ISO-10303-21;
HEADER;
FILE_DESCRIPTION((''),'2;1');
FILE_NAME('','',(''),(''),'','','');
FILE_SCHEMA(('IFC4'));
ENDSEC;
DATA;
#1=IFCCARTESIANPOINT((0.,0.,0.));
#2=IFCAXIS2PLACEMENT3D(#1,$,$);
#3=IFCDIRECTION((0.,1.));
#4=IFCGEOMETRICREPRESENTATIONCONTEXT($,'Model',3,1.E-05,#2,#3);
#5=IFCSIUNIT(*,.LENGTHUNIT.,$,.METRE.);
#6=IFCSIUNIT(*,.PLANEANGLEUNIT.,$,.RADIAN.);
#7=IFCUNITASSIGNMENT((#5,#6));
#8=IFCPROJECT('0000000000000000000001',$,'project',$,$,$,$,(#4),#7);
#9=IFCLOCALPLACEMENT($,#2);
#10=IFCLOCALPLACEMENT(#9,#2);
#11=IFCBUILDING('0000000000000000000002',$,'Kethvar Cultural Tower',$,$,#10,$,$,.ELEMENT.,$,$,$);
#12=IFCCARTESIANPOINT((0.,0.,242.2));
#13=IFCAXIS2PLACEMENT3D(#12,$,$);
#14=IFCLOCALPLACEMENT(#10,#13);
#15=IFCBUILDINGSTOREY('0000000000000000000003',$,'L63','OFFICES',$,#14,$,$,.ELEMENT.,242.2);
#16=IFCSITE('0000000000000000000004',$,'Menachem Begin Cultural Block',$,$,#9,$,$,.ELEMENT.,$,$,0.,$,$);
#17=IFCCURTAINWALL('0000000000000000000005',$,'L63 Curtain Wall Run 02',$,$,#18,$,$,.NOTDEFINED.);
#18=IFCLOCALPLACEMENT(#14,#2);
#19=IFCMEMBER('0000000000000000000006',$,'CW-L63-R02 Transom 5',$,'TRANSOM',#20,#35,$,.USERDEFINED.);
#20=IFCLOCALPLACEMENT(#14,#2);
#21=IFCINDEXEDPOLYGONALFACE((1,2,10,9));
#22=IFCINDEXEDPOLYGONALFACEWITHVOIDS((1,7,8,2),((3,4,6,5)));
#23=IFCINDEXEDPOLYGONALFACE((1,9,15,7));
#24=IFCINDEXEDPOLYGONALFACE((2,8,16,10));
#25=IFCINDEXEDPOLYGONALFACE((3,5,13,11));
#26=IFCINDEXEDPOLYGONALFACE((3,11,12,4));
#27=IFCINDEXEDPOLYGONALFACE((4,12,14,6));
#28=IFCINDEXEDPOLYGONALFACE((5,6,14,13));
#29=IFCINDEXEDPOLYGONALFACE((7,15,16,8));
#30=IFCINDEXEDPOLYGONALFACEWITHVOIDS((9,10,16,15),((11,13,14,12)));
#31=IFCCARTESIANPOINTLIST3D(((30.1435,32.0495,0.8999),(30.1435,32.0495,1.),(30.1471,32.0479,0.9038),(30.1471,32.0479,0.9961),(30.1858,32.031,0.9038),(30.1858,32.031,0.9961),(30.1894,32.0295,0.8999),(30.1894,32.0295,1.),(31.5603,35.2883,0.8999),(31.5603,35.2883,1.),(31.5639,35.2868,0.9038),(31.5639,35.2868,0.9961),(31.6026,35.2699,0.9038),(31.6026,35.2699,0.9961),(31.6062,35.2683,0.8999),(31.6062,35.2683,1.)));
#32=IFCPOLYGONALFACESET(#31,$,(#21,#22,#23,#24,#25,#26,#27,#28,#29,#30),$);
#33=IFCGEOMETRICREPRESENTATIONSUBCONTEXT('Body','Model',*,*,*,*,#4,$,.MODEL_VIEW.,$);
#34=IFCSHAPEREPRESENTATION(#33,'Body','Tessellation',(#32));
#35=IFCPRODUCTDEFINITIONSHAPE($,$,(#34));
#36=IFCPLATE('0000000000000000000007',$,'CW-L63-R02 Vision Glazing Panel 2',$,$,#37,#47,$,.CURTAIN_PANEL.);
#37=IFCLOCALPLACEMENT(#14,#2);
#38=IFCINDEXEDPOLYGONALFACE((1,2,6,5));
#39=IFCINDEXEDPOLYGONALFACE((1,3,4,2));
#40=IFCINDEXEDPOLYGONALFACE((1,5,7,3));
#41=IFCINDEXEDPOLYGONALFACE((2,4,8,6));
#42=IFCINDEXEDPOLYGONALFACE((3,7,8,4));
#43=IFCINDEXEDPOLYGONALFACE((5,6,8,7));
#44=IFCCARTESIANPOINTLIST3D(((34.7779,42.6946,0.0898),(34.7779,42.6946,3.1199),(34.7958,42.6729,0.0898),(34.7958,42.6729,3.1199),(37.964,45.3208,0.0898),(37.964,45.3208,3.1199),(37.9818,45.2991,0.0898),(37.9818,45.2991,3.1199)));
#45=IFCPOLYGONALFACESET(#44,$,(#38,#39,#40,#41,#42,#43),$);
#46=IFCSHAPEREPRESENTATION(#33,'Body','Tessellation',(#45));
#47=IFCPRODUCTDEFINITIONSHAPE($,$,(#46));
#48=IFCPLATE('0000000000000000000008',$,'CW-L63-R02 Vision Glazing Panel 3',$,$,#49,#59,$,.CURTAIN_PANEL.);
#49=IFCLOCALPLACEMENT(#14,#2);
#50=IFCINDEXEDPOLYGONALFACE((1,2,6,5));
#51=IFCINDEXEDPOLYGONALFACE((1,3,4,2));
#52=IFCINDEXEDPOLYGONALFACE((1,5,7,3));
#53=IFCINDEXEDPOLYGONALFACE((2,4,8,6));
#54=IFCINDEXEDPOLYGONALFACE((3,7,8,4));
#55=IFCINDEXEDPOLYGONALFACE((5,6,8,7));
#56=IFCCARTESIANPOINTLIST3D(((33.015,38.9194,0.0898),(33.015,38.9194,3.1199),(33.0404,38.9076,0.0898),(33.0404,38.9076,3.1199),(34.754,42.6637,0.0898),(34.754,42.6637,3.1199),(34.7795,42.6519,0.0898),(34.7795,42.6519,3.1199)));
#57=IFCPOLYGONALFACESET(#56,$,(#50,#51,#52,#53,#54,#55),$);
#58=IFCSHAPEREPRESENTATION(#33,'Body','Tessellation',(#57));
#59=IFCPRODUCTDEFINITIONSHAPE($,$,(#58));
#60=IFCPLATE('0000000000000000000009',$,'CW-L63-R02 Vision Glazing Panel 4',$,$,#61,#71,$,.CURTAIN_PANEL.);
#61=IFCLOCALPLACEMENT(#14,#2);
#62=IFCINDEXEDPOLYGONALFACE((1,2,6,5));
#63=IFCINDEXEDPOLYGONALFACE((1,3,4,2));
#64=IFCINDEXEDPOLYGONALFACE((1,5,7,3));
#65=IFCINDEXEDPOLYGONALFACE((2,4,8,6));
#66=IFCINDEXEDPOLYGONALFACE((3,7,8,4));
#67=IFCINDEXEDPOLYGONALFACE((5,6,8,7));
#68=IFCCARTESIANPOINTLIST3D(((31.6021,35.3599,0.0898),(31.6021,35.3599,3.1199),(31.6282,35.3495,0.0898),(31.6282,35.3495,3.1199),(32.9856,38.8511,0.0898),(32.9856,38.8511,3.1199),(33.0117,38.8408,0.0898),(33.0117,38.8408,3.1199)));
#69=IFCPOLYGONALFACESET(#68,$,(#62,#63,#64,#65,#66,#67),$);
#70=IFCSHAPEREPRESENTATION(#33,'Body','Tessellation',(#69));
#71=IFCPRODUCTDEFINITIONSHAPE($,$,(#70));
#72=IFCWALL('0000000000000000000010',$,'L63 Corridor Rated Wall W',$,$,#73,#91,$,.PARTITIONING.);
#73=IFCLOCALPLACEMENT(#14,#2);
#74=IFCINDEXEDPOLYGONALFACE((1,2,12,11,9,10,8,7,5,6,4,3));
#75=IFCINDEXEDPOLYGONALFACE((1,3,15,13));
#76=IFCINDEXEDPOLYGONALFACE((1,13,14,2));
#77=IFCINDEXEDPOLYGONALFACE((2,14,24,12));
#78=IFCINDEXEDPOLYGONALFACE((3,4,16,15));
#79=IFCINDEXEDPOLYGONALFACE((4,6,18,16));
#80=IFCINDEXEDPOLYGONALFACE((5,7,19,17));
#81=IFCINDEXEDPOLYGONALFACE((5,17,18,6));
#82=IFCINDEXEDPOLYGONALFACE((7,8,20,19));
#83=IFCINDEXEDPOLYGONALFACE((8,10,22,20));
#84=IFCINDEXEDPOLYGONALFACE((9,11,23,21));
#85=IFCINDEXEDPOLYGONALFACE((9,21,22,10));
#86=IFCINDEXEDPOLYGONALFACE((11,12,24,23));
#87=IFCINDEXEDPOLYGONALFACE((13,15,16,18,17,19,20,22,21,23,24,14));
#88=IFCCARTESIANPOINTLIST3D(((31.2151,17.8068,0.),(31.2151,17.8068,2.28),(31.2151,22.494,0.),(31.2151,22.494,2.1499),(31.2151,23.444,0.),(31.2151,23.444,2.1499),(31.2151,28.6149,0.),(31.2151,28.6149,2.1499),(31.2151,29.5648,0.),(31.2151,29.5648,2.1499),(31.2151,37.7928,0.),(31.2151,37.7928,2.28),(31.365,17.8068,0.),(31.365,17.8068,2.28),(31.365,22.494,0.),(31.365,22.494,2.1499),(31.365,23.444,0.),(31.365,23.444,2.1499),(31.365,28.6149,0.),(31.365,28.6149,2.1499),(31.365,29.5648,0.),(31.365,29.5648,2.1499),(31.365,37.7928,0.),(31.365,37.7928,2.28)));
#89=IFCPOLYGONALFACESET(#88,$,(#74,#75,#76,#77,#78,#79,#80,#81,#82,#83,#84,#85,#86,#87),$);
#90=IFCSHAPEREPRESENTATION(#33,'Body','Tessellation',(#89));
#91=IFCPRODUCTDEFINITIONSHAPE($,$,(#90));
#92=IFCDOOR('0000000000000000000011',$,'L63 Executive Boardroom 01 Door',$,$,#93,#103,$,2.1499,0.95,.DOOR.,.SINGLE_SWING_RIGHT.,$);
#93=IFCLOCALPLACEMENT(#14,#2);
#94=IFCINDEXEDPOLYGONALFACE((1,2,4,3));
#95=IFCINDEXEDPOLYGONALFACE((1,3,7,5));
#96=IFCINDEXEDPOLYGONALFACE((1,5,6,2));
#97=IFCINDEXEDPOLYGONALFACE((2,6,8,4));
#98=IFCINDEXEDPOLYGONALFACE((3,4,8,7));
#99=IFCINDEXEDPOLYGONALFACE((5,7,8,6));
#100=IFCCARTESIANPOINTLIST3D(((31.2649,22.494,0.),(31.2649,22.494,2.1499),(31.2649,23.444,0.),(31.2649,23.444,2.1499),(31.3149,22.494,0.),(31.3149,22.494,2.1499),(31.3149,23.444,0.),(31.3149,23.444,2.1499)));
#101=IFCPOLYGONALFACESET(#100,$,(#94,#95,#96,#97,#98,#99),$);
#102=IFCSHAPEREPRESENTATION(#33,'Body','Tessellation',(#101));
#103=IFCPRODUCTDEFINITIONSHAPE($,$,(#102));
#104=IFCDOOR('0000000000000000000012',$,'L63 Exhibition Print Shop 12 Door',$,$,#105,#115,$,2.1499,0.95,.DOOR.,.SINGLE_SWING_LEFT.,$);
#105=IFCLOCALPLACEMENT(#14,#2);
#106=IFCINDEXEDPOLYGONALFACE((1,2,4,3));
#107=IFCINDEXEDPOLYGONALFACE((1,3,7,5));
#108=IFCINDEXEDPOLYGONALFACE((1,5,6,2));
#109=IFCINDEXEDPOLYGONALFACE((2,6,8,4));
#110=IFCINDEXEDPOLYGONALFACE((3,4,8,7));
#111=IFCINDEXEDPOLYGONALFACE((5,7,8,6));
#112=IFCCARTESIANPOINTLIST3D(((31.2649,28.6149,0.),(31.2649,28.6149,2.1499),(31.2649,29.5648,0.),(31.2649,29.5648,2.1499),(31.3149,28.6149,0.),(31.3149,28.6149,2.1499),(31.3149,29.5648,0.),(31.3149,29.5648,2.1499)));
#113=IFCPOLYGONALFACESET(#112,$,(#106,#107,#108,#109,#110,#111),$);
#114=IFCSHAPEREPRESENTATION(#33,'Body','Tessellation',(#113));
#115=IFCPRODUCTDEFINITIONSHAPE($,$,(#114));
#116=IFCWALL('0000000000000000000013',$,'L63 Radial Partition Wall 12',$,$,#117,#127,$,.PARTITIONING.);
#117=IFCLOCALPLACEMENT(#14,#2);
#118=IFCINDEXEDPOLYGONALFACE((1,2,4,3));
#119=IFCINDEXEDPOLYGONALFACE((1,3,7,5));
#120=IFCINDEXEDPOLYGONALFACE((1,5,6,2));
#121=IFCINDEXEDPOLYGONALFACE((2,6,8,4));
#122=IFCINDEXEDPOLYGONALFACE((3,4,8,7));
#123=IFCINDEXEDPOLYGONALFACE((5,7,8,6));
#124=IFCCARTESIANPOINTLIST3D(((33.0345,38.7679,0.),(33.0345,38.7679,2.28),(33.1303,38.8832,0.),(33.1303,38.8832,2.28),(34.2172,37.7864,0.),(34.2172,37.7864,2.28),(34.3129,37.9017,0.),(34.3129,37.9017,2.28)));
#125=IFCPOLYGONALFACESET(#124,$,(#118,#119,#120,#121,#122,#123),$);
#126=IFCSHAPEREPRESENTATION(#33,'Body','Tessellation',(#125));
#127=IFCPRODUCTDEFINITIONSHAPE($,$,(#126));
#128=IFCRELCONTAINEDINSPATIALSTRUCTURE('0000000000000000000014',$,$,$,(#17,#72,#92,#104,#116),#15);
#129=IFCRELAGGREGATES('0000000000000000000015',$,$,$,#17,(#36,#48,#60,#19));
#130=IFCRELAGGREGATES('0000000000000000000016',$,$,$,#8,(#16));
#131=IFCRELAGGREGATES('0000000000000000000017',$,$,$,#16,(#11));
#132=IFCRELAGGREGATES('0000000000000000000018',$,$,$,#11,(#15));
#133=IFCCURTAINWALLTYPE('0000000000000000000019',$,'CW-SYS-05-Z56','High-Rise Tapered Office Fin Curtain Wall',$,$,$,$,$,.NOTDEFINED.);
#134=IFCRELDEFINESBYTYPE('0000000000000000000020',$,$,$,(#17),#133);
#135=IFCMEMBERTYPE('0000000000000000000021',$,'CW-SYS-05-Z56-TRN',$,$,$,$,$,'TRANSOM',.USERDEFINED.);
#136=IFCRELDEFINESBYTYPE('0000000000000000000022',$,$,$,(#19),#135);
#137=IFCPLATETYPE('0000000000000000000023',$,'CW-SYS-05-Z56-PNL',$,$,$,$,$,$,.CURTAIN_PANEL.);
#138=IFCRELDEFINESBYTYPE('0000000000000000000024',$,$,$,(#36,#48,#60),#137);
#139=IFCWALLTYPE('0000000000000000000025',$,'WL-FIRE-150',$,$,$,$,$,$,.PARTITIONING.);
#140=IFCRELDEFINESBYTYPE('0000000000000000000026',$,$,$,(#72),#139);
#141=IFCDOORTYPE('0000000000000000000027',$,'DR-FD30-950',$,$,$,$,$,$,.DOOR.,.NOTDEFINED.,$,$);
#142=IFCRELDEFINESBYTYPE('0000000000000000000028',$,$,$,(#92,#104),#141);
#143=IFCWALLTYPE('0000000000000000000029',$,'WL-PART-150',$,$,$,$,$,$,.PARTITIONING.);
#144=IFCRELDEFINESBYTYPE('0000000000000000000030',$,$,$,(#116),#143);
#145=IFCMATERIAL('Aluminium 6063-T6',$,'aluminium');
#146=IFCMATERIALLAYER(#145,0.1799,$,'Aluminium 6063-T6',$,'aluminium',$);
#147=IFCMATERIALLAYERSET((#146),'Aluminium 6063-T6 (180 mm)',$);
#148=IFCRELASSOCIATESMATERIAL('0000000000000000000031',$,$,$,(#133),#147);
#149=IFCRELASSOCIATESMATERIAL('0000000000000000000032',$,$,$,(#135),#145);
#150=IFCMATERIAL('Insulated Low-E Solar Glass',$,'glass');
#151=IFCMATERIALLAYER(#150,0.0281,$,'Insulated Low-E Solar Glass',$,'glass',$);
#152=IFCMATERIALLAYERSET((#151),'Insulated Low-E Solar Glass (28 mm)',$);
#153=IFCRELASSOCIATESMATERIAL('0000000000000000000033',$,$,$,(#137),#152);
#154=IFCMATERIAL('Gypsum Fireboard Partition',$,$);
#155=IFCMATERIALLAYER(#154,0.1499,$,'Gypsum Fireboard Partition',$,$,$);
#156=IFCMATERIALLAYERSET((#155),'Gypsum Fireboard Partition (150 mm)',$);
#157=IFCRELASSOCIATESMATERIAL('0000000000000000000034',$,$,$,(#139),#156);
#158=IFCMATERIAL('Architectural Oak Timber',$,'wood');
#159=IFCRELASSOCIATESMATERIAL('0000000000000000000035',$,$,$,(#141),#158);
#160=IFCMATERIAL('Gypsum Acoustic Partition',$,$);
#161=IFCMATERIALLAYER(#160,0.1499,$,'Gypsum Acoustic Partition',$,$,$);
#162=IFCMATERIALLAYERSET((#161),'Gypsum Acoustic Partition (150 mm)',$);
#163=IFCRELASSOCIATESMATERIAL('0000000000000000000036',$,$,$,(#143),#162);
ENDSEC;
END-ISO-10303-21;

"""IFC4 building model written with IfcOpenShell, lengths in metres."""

from ifc_helpers import new_model, si_unit, direction, frame, frame_2d, origin, origin_2d, place, context, subcontext, project, spatial, rectangle, hollow_rectangle, extrude, source, transform, mapped, material, layer, layer_set, material_profile, profile_set, type_object, element, fill, aggregate, save


model = new_model("IFC4")

# Units and contexts
model_context = context("Model", 3, precision=1e-05, world=origin(), true_north=direction((0.0, 1.0)))
body_context = subcontext(model_context, "Body", "Model", "MODEL_VIEW")
ifc_project = project(units=[si_unit("LENGTHUNIT", "METRE"), si_unit("PLANEANGLEUNIT", "RADIAN")], contexts=[model_context])

# Site, building, storey
site_placement = place(None, origin())
site = spatial("IfcSite", under=ifc_project, at=site_placement, Name="Menachem Begin Cultural Block", CompositionType="ELEMENT", RefElevation=0.0)
building_placement = place(site_placement, origin())
building = spatial("IfcBuilding", under=site, at=building_placement, Name="Kethvar Cultural Tower", CompositionType="ELEMENT")
storey_placement = place(building_placement, frame((0.0, 0.0, 242.2)))
storey = spatial("IfcBuildingStorey", under=building, at=storey_placement, Name="L63", Description="OFFICES", CompositionType="ELEMENT", Elevation=242.2)

# Curtain wall, member, plates
ifc_material_1 = material(Name="Aluminium 6063-T6", Category="aluminium")
ifc_layer_1 = layer(ifc_material_1, 0.1799, Name="Aluminium 6063-T6", Category="aluminium")
ifc_layer_set_1 = layer_set([ifc_layer_1], Name="Aluminium 6063-T6 (180 mm)")
curtain_wall_type = type_object("IfcCurtainWallType", Name="CW-SYS-05-Z56", Description="High-Rise Tapered Office Fin Curtain Wall", PredefinedType="NOTDEFINED", material=ifc_layer_set_1)
curtain_wall_placement = place(storey_placement, origin())
curtain_wall = element("IfcCurtainWall", 1, at=curtain_wall_placement, inside=storey, type_object=curtain_wall_type, Name="L63 Curtain Wall Run 02", PredefinedType="NOTDEFINED")
ifc_material_profile_1 = material_profile(ifc_material_1, hollow_rectangle(XDim=0.05, YDim=0.1001, WallThickness=0.0039, at=origin_2d()), Name="Aluminium 6063-T6 — RHS100x50x4")
ifc_profile_set_1 = profile_set([ifc_material_profile_1], Name="Aluminium 6063-T6 — RHS100x50x4")
member_type_1 = type_object("IfcMemberType", Name="CW-SYS-05-Z56-TRN", ElementType="TRANSOM", PredefinedType="USERDEFINED", material=ifc_profile_set_1)
shared_shape_1 = source(origin(), body_context, "Body", "SweptSolid", [
    extrude(hollow_rectangle(XDim=0.05, YDim=0.1001, WallThickness=0.0039, at=origin_2d()), origin(), (0.0, 0.0, 1.0), 3.5352),
])
member_1_placement = place(storey_placement, frame((31.5833, 35.2783, 0.95), z_axis=(-0.400768, -0.91618, 0.0), x_axis=(0.91618, -0.400768, 0.0)))
member_1 = element("IfcMember", 2, at=member_1_placement, type_object=member_type_1, Name="CW-L63-R02 Transom 5", ObjectType="TRANSOM", PredefinedType="USERDEFINED", context=body_context, shape_type="MappedRepresentation", body=[
    mapped(shared_shape_1, transform((0.0, 0.0, 0.0), scale=1.0)),
])
ifc_material_2 = material(Name="Insulated Low-E Solar Glass", Category="glass")
ifc_layer_2 = layer(ifc_material_2, 0.0281, Name="Insulated Low-E Solar Glass", Category="glass")
ifc_layer_set_2 = layer_set([ifc_layer_2], Name="Insulated Low-E Solar Glass (28 mm)")
plate_type = type_object("IfcPlateType", Name="CW-SYS-05-Z56-PNL", PredefinedType="CURTAIN_PANEL", material=ifc_layer_set_2)
shared_shape_2 = source(origin(), body_context, "Body", "SweptSolid", [
    extrude(rectangle(XDim=4.1289, YDim=0.0281, at=origin_2d()), origin(), (0.0, 0.0, 1.0), 3.03),
])
plate_1_placement = place(storey_placement, frame((36.3799, 43.9968, 0.0898), z_axis=(0.0, 0.0, 1.0), x_axis=(-0.771647, -0.636051, 0.0)))
plate_1 = element("IfcPlate", 3, at=plate_1_placement, type_object=plate_type, Name="CW-L63-R02 Vision Glazing Panel 2", PredefinedType="CURTAIN_PANEL", context=body_context, shape_type="MappedRepresentation", body=[
    mapped(shared_shape_2, transform((0.0, 0.0, 0.0), scale=1.0)),
])
shared_shape_3 = source(origin(), body_context, "Body", "SweptSolid", [
    extrude(rectangle(XDim=4.1284, YDim=0.0281, at=origin_2d()), origin(), (0.0, 0.0, 1.0), 3.03),
])
plate_2_placement = place(storey_placement, frame((33.8972, 40.7856, 0.0898), z_axis=(0.0, 0.0, 1.0), x_axis=(-0.421242, -0.906948, 0.0)))
plate_2 = element("IfcPlate", 4, at=plate_2_placement, type_object=plate_type, Name="CW-L63-R02 Vision Glazing Panel 3", PredefinedType="CURTAIN_PANEL", context=body_context, shape_type="MappedRepresentation", body=[
    mapped(shared_shape_3, transform((0.0, 0.0, 0.0), scale=1.0)),
])
shared_shape_4 = source(origin(), body_context, "Body", "SweptSolid", [
    extrude(rectangle(XDim=3.7554, YDim=0.0281, at=origin_2d()), origin(), (0.0, 0.0, 1.0), 3.03),
])
plate_3_placement = place(storey_placement, frame((32.3069, 37.1003, 0.0898), z_axis=(0.0, 0.0, 1.0), x_axis=(-0.3684, -0.929667, 0.0)))
plate_3 = element("IfcPlate", 5, at=plate_3_placement, type_object=plate_type, Name="CW-L63-R02 Vision Glazing Panel 4", PredefinedType="CURTAIN_PANEL", context=body_context, shape_type="MappedRepresentation", body=[
    mapped(shared_shape_4, transform((0.0, 0.0, 0.0), scale=1.0)),
])
aggregate(curtain_wall, [plate_1, plate_2, plate_3, member_1])

# Wall, openings, doors
ifc_material_3 = material(Name="Gypsum Fireboard Partition")
ifc_layer_3 = layer(ifc_material_3, 0.1499, Name="Gypsum Fireboard Partition")
ifc_layer_set_3 = layer_set([ifc_layer_3], Name="Gypsum Fireboard Partition (150 mm)")
wall_type_1 = type_object("IfcWallType", Name="WL-FIRE-150", PredefinedType="PARTITIONING", material=ifc_layer_set_3)
wall_1_placement = place(storey_placement, frame((31.29, 37.793, 0.0), z_axis=(0.0, 0.0, 1.0), x_axis=(0.0, -1.0, 0.0)))
wall_1 = element("IfcWall", 6, at=wall_1_placement, inside=storey, type_object=wall_type_1, Name="L63 Corridor Rated Wall W", PredefinedType="PARTITIONING", context=body_context, shape_type="SweptSolid", body=[
    extrude(rectangle(XDim=19.9861, YDim=0.1499, at=frame_2d((9.9932, 0.0))), origin(), (0.0, 0.0, 1.0), 2.28),
])
opening_1_placement = place(wall_1_placement, frame((14.3489, 0.0, 0.0)))
opening_1 = element("IfcOpeningElement", 7, at=opening_1_placement, cuts=wall_1, PredefinedType="OPENING", context=body_context, shape_type="SweptSolid", body=[
    extrude(rectangle(XDim=0.95, YDim=2.1499, at=frame_2d((0.4751, 1.075))), frame((0.0, 0.085, 0.0), z_axis=(0.0, -1.0, 0.0), x_axis=(1.0, 0.0, 0.0)), (0.0, 0.0, 1.0), 0.1699),
])
opening_2_placement = place(wall_1_placement, frame((8.228, 0.0, 0.0)))
opening_2 = element("IfcOpeningElement", 8, at=opening_2_placement, cuts=wall_1, PredefinedType="OPENING", context=body_context, shape_type="SweptSolid", body=[
    extrude(rectangle(XDim=0.95, YDim=2.1499, at=frame_2d((0.4751, 1.075))), frame((0.0, 0.085, 0.0), z_axis=(0.0, -1.0, 0.0), x_axis=(1.0, 0.0, 0.0)), (0.0, 0.0, 1.0), 0.1699),
])
ifc_material_4 = material(Name="Architectural Oak Timber", Category="wood")
door_type = type_object("IfcDoorType", Name="DR-FD30-950", OperationType="NOTDEFINED", PredefinedType="DOOR", material=ifc_material_4)
shared_shape_5 = source(origin(), body_context, "Body", "SweptSolid", [
    extrude(rectangle(XDim=0.95, YDim=2.1499, at=frame_2d((0.4751, 1.075))), frame((0.0, 0.0249, 0.0), z_axis=(0.0, -1.0, 0.0), x_axis=(1.0, 0.0, 0.0)), (0.0, 0.0, 1.0), 0.05),
])
door_1_placement = place(opening_1_placement, origin())
door_1 = element("IfcDoor", 9, at=door_1_placement, inside=storey, type_object=door_type, Name="L63 Executive Boardroom 01 Door", OperationType="SINGLE_SWING_RIGHT", OverallHeight=2.1499, OverallWidth=0.95, PredefinedType="DOOR", context=body_context, shape_type="MappedRepresentation", body=[
    mapped(shared_shape_5, transform((0.0, 0.0, 0.0), scale=1.0)),
])
fill(opening_1, door_1)
door_2_placement = place(opening_2_placement, origin())
door_2 = element("IfcDoor", 10, at=door_2_placement, inside=storey, type_object=door_type, Name="L63 Exhibition Print Shop 12 Door", OperationType="SINGLE_SWING_LEFT", OverallHeight=2.1499, OverallWidth=0.95, PredefinedType="DOOR", context=body_context, shape_type="MappedRepresentation", body=[
    mapped(shared_shape_5, transform((0.0, 0.0, 0.0), scale=1.0)),
])
fill(opening_2, door_2)

# Wall
ifc_material_5 = material(Name="Gypsum Acoustic Partition")
ifc_layer_4 = layer(ifc_material_5, 0.1499, Name="Gypsum Acoustic Partition")
ifc_layer_set_4 = layer_set([ifc_layer_4], Name="Gypsum Acoustic Partition (150 mm)")
wall_type_2 = type_object("IfcWallType", Name="WL-PART-150", PredefinedType="PARTITIONING", material=ifc_layer_set_4)
wall_2_placement = place(storey_placement, frame((34.2651, 37.844, 0.0), z_axis=(0.0, 0.0, 1.0), x_axis=(-0.769522, 0.638621, 0.0)))
element("IfcWall", 11, at=wall_2_placement, inside=storey, type_object=wall_type_2, Name="L63 Radial Partition Wall 12", PredefinedType="PARTITIONING", context=body_context, shape_type="SweptSolid", body=[
    extrude(rectangle(XDim=1.5369, YDim=0.1499, at=frame_2d((0.7686, 0.0))), origin(), (0.0, 0.0, 1.0), 2.28),
])

save(model, "model.ifc")
